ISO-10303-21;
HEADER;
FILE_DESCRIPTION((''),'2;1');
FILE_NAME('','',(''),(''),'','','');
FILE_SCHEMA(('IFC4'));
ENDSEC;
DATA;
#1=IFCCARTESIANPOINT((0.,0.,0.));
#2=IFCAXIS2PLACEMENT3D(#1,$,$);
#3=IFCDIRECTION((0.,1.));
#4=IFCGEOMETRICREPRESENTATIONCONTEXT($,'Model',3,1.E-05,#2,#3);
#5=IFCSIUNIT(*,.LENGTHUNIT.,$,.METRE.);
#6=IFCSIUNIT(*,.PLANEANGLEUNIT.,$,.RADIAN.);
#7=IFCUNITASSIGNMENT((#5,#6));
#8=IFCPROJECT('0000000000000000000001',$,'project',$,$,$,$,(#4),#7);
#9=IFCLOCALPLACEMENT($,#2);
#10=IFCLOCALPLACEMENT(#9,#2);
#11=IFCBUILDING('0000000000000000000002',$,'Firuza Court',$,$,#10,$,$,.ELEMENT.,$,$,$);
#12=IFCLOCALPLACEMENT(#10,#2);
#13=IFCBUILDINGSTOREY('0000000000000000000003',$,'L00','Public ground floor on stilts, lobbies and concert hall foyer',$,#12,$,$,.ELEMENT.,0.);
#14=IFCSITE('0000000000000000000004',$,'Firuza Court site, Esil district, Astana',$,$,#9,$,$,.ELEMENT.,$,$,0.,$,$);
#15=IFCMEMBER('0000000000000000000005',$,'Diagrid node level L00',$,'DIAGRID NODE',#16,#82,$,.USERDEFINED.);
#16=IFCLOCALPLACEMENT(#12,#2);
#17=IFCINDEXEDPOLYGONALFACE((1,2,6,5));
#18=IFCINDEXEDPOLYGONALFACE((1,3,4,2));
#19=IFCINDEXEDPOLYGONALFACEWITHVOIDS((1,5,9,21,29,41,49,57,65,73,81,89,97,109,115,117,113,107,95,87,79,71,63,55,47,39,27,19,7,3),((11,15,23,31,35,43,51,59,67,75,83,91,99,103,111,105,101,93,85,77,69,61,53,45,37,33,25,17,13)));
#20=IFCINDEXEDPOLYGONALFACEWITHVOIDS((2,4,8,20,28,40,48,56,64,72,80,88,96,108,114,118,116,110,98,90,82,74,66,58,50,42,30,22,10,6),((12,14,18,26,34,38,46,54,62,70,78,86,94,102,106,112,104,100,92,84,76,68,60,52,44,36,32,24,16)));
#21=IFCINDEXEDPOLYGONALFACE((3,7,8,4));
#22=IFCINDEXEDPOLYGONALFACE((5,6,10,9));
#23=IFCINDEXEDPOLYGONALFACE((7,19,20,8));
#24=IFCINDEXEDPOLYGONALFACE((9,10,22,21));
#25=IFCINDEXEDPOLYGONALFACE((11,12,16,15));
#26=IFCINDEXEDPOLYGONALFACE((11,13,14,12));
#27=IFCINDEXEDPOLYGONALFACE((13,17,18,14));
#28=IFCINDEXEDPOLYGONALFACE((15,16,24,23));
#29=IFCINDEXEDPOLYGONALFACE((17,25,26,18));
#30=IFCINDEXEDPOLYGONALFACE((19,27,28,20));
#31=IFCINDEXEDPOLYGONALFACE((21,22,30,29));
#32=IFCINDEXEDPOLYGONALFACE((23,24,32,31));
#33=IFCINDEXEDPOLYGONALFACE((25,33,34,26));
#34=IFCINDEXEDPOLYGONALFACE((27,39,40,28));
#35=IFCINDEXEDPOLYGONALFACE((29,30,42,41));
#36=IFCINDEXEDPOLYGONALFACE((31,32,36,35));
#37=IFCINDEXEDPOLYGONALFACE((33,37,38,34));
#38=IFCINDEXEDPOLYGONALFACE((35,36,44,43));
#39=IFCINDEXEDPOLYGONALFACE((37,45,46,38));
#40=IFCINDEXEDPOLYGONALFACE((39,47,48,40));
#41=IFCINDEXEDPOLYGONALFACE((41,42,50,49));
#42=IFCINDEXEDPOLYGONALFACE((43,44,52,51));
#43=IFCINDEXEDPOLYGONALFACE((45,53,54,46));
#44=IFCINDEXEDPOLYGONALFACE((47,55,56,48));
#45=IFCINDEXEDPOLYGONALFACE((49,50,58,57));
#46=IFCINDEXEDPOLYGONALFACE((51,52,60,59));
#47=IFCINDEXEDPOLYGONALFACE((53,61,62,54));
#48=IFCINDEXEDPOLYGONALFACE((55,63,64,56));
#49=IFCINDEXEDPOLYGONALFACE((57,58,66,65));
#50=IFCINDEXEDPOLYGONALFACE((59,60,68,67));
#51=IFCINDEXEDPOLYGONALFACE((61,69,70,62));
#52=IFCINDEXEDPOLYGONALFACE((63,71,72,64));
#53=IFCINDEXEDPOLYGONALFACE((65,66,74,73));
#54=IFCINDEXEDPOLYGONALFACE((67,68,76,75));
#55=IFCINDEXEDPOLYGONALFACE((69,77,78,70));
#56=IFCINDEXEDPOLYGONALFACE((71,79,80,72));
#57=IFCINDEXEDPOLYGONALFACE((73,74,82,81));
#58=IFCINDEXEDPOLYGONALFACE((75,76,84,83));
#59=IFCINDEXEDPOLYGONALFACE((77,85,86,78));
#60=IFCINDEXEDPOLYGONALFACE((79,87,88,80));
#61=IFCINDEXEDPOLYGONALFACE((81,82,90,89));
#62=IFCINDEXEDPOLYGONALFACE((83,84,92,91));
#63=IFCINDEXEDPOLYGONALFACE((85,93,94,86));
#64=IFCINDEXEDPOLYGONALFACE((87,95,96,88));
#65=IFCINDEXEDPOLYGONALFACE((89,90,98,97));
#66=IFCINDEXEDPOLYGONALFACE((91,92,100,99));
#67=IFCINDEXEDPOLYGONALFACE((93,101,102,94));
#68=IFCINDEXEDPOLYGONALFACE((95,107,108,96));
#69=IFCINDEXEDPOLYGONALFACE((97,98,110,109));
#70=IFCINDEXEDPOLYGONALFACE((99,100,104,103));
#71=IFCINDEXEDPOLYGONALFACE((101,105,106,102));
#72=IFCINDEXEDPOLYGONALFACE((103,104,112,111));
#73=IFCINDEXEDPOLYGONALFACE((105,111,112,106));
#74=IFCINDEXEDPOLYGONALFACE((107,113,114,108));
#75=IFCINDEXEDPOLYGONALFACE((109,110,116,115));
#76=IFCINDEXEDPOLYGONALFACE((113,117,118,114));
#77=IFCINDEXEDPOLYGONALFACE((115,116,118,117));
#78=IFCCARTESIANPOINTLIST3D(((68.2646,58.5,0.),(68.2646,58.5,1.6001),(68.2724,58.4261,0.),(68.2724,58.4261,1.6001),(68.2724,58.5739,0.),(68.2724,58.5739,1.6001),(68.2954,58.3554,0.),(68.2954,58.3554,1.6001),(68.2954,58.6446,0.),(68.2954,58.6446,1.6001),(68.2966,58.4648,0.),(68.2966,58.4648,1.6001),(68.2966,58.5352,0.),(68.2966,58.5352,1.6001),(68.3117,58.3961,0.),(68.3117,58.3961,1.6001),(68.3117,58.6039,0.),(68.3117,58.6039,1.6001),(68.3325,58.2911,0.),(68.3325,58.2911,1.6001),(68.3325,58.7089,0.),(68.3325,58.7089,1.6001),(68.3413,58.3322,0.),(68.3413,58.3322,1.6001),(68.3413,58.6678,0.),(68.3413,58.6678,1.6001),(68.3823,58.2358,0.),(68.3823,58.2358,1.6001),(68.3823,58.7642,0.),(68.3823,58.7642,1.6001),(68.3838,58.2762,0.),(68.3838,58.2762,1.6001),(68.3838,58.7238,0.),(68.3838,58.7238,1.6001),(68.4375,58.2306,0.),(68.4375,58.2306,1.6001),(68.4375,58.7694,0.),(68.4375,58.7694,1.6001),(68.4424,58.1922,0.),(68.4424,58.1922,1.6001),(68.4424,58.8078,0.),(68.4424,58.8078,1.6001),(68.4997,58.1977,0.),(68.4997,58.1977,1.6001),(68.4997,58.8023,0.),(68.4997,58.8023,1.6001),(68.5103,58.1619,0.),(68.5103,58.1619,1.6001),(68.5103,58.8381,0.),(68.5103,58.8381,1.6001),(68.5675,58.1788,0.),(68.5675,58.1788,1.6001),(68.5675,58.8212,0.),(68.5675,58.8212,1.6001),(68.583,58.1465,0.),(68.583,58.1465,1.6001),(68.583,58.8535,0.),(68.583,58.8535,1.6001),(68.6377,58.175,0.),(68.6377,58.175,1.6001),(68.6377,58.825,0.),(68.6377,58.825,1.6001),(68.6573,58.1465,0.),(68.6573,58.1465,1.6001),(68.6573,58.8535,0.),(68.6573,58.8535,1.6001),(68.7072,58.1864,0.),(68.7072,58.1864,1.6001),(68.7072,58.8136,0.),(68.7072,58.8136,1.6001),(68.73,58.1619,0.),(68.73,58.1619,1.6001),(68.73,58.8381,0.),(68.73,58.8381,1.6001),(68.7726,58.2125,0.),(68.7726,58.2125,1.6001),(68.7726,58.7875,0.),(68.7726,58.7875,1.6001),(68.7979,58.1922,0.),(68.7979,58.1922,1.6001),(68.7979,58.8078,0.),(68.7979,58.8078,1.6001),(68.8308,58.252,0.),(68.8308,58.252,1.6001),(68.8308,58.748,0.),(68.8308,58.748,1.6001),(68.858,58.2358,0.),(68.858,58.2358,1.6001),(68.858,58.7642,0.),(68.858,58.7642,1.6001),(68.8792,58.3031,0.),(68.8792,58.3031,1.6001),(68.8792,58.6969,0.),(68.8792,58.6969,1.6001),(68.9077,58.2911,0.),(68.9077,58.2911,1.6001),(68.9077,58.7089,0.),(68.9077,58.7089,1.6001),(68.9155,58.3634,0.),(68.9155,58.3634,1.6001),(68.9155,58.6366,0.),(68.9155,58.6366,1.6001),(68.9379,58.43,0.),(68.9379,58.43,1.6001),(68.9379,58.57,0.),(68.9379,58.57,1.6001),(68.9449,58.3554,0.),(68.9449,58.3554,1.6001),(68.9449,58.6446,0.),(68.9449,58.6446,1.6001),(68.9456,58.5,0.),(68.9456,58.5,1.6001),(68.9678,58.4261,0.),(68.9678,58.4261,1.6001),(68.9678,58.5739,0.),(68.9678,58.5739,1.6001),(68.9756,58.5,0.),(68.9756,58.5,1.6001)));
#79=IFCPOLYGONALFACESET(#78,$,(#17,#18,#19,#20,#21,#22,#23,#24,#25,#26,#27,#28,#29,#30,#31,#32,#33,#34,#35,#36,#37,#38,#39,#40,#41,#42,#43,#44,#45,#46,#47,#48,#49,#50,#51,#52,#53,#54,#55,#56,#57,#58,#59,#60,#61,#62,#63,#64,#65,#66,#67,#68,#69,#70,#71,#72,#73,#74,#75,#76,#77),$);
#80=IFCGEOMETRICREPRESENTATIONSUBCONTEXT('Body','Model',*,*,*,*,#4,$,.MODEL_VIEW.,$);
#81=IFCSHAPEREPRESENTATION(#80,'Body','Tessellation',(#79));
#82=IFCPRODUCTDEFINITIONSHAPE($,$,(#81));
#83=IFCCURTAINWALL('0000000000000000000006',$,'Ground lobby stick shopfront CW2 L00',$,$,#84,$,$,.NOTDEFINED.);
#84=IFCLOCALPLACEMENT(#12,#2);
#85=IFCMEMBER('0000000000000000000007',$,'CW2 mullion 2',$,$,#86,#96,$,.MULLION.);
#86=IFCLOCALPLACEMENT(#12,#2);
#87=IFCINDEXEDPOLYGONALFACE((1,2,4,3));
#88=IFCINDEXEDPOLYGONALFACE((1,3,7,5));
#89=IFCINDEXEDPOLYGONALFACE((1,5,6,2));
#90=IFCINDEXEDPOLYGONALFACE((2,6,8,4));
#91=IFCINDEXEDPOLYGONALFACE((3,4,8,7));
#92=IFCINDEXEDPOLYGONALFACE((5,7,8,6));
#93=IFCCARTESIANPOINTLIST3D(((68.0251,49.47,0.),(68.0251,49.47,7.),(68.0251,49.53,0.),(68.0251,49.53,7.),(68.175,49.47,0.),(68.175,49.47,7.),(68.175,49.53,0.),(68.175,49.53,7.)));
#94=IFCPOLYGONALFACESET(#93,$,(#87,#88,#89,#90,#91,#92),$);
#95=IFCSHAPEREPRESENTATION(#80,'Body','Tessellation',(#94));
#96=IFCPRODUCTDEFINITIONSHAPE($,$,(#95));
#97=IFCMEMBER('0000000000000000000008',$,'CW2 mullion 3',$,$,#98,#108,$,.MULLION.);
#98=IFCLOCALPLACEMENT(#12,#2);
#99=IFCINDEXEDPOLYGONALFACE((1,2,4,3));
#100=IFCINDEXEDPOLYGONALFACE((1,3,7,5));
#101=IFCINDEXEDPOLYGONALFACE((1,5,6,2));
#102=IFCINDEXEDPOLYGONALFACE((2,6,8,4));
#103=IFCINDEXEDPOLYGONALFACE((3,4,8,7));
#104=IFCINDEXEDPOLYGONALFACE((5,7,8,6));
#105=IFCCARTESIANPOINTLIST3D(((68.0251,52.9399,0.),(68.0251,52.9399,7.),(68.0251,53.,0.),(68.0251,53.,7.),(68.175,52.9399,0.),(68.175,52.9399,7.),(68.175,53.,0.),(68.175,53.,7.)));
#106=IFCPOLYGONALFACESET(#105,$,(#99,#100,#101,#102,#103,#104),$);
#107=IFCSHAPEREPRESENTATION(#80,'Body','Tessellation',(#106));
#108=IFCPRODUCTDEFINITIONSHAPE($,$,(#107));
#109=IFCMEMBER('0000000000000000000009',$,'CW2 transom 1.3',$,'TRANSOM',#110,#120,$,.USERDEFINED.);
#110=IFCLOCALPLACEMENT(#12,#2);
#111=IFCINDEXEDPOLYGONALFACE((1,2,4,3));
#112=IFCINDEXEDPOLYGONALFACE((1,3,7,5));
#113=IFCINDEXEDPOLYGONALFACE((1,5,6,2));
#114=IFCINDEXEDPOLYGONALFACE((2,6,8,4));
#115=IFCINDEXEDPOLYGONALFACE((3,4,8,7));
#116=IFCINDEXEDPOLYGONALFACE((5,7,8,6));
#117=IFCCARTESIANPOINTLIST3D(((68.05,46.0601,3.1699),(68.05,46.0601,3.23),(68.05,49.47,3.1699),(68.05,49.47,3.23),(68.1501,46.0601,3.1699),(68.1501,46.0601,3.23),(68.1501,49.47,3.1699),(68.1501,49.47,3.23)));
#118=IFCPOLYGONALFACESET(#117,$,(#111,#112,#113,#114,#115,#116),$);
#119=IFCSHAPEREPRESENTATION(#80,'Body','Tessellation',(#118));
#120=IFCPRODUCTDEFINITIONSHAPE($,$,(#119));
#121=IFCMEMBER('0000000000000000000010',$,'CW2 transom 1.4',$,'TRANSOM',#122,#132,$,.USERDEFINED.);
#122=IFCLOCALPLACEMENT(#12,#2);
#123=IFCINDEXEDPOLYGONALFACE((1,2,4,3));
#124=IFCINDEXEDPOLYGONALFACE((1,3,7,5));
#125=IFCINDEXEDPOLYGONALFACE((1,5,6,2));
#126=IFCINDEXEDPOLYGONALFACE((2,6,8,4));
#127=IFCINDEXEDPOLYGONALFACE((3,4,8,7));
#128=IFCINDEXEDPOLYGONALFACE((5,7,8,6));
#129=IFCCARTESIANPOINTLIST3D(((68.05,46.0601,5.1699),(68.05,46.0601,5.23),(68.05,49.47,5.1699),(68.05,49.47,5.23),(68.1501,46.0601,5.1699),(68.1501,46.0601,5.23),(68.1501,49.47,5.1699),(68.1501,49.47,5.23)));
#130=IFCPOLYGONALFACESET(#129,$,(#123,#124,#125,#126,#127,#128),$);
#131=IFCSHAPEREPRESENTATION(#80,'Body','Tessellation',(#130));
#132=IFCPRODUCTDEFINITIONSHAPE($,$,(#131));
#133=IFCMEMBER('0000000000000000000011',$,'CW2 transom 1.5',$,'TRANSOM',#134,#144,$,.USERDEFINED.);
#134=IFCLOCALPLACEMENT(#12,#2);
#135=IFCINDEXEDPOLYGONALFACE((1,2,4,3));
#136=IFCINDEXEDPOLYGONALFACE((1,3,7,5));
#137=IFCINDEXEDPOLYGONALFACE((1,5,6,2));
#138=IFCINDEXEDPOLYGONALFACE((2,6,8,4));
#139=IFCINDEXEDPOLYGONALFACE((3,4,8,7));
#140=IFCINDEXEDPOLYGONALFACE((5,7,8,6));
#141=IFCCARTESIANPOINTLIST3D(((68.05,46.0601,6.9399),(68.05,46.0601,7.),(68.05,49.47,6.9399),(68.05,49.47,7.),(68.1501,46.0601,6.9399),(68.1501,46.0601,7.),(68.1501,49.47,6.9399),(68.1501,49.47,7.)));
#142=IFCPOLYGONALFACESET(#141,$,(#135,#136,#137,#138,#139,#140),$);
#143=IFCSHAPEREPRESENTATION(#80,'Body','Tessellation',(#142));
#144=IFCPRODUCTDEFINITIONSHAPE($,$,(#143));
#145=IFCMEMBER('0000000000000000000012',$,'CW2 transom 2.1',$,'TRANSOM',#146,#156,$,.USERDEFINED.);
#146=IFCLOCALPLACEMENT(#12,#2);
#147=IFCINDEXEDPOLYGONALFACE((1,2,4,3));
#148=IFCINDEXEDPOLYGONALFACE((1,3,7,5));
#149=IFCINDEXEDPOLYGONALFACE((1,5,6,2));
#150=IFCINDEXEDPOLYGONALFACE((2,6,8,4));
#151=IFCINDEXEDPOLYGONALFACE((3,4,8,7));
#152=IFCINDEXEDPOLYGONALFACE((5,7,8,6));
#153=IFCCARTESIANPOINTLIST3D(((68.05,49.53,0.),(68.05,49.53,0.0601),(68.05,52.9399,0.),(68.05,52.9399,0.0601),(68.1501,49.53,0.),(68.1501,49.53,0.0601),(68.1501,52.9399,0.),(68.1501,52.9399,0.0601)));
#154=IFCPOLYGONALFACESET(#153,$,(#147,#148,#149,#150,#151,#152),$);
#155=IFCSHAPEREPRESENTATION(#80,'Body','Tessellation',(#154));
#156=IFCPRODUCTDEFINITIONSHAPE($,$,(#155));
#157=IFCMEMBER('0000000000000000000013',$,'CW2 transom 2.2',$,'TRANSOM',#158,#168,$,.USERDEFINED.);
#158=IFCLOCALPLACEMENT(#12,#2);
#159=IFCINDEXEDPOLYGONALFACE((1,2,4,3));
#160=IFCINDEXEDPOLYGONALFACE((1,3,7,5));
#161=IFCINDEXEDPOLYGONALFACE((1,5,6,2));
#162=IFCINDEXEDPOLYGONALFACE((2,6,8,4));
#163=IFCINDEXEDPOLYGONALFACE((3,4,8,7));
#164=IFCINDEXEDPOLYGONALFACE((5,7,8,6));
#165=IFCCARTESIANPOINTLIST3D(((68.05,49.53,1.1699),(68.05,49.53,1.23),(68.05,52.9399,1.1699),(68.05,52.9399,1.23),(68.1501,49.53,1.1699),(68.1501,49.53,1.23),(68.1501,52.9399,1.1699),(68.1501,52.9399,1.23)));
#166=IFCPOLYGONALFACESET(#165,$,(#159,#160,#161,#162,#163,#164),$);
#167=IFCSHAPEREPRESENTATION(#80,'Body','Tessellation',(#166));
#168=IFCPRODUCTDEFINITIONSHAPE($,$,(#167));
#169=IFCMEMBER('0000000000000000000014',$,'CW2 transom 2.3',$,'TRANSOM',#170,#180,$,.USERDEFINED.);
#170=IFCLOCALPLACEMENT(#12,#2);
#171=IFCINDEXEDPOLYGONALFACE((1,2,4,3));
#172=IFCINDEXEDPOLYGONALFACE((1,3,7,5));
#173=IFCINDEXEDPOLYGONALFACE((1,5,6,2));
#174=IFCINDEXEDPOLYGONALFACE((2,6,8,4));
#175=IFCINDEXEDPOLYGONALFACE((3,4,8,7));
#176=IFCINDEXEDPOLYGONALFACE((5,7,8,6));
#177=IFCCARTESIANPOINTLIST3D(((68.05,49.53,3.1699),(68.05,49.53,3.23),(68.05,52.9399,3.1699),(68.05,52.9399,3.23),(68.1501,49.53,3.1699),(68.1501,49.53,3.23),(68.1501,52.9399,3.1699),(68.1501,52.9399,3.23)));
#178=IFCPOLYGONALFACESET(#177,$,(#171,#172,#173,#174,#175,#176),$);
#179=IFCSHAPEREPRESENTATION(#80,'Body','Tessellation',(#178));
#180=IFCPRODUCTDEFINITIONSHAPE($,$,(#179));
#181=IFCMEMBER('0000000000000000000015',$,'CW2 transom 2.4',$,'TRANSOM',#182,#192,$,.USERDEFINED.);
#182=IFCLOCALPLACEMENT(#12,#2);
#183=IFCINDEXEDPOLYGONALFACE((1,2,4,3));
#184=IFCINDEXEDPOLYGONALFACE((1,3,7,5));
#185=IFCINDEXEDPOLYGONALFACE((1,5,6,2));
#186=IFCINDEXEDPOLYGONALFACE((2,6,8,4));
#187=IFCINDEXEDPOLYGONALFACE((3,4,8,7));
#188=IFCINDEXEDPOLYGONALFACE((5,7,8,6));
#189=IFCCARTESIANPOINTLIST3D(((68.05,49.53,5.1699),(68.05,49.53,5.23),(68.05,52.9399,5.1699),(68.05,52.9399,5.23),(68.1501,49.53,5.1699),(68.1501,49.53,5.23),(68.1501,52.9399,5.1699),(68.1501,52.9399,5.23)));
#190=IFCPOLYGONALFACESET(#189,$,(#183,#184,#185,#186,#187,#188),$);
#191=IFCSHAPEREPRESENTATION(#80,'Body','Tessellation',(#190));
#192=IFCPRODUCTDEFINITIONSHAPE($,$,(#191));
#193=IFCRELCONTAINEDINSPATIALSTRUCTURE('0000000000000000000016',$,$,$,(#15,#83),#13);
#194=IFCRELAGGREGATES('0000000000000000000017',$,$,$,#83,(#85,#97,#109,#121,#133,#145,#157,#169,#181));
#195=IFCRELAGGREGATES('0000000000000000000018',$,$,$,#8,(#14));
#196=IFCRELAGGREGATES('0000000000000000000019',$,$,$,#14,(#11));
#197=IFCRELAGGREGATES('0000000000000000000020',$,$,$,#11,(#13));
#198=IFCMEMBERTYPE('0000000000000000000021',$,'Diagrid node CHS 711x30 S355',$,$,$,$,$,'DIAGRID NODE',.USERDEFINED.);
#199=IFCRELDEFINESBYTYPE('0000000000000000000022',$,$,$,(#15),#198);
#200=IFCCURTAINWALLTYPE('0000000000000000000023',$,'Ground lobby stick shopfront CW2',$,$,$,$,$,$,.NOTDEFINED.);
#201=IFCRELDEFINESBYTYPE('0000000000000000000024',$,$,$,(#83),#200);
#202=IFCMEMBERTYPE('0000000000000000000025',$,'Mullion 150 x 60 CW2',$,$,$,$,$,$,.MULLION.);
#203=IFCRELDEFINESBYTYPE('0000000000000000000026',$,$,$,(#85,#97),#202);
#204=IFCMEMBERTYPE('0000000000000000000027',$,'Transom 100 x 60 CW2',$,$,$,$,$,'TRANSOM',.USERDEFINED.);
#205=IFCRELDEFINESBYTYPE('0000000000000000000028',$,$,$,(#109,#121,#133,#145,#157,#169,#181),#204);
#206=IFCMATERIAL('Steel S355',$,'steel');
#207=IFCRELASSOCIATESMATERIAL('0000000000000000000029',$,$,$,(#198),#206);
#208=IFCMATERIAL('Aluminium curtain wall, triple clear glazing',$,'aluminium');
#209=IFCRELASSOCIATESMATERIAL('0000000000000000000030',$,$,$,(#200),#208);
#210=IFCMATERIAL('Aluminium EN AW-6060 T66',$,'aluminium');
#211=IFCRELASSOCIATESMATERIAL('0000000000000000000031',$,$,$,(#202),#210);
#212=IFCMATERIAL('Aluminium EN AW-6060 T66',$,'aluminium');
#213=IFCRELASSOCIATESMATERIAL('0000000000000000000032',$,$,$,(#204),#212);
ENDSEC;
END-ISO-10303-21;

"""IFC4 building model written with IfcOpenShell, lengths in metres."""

from ifc_helpers import new_model, si_unit, direction, frame, origin, origin_2d, place, context, subcontext, project, spatial, rectangle, hollow_circle, extrude, material, material_profile, profile_set, type_object, element, aggregate, save


model = new_model("IFC4")

# Units and contexts
model_context = context("Model", 3, precision=1e-05, world=origin(), true_north=direction((0.0, 1.0)))
body_context = subcontext(model_context, "Body", "Model", "MODEL_VIEW")
ifc_project = project(units=[si_unit("LENGTHUNIT", "METRE"), si_unit("PLANEANGLEUNIT", "RADIAN")], contexts=[model_context])

# Site, building, storey
site_placement = place(None, origin())
site = spatial("IfcSite", under=ifc_project, at=site_placement, Name="Firuza Court site, Esil district, Astana", CompositionType="ELEMENT", RefElevation=0.0)
building_placement = place(site_placement, origin())
building = spatial("IfcBuilding", under=site, at=building_placement, Name="Firuza Court", CompositionType="ELEMENT")
storey_placement = place(building_placement, origin())
storey = spatial("IfcBuildingStorey", under=building, at=storey_placement, Name="L00", Description="Public ground floor on stilts, lobbies and concert hall foyer", CompositionType="ELEMENT", Elevation=0.0)

# Member
ifc_material_1 = material(Name="Steel S355", Category="steel")
ifc_material_profile_1 = material_profile(ifc_material_1, hollow_circle(Radius=0.3555, WallThickness=0.03, at=origin_2d()), Name="CHS 711x30")
ifc_profile_set_1 = profile_set([ifc_material_profile_1], Name="Steel S355")
member_type_1 = type_object("IfcMemberType", Name="Diagrid node CHS 711x30 S355", ElementType="DIAGRID NODE", PredefinedType="USERDEFINED", material=ifc_profile_set_1)
member_1_placement = place(storey_placement, frame((68.6201, 58.5, 0.0), z_axis=(0.0, 0.0, 1.0), x_axis=(1.0, 0.0, 0.0)))
element("IfcMember", 1, at=member_1_placement, inside=storey, type_object=member_type_1, Name="Diagrid node level L00", ObjectType="DIAGRID NODE", PredefinedType="USERDEFINED", context=body_context, shape_type="SweptSolid", body=[
    extrude(hollow_circle(Radius=0.3555, WallThickness=0.03, at=origin_2d()), origin(), (0.0, 0.0, 1.0), 1.6001),
])

# Curtain wall, members
ifc_material_2 = material(Name="Aluminium curtain wall, triple clear glazing", Category="aluminium")
curtain_wall_type_1 = type_object("IfcCurtainWallType", Name="Ground lobby stick shopfront CW2", PredefinedType="NOTDEFINED", material=ifc_material_2)
curtain_wall_1_placement = place(storey_placement, origin())
curtain_wall_1 = element("IfcCurtainWall", 2, at=curtain_wall_1_placement, inside=storey, type_object=curtain_wall_type_1, Name="Ground lobby stick shopfront CW2 L00", PredefinedType="NOTDEFINED")
ifc_material_3 = material(Name="Aluminium EN AW-6060 T66", Category="aluminium")
ifc_material_profile_2 = material_profile(ifc_material_3, rectangle(XDim=0.1499, YDim=0.0601, at=origin_2d()), Name="Mullion 150 x 60 CW2")
ifc_profile_set_2 = profile_set([ifc_material_profile_2], Name="Aluminium EN AW-6060 T66")
member_type_2 = type_object("IfcMemberType", Name="Mullion 150 x 60 CW2", PredefinedType="MULLION", material=ifc_profile_set_2)
member_2_placement = place(storey_placement, frame((68.1001, 49.5, 0.0), z_axis=(0.0, 0.0, 1.0), x_axis=(-1.0, 0.0, 0.0)))
member_2 = element("IfcMember", 3, at=member_2_placement, type_object=member_type_2, Name="CW2 mullion 2", PredefinedType="MULLION", context=body_context, shape_type="SweptSolid", body=[
    extrude(rectangle(XDim=0.1499, YDim=0.0601, at=origin_2d()), origin(), (0.0, 0.0, 1.0), 7.0),
])
member_3_placement = place(storey_placement, frame((68.1001, 52.97, 0.0), z_axis=(0.0, 0.0, 1.0), x_axis=(-1.0, 0.0, 0.0)))
member_3 = element("IfcMember", 4, at=member_3_placement, type_object=member_type_2, Name="CW2 mullion 3", PredefinedType="MULLION", context=body_context, shape_type="SweptSolid", body=[
    extrude(rectangle(XDim=0.1499, YDim=0.0601, at=origin_2d()), origin(), (0.0, 0.0, 1.0), 7.0),
])
ifc_material_4 = material(Name="Aluminium EN AW-6060 T66", Category="aluminium")
ifc_material_profile_3 = material_profile(ifc_material_4, rectangle(XDim=0.1001, YDim=0.0601, at=origin_2d()), Name="Transom 100 x 60 CW2")
ifc_profile_set_3 = profile_set([ifc_material_profile_3], Name="Aluminium EN AW-6060 T66")
member_type_3 = type_object("IfcMemberType", Name="Transom 100 x 60 CW2", ElementType="TRANSOM", PredefinedType="USERDEFINED", material=ifc_profile_set_3)
member_4_placement = place(storey_placement, frame((68.1001, 46.0601, 3.2), z_axis=(0.0, 1.0, 0.0), x_axis=(-1.0, 0.0, 0.0)))
member_4 = element("IfcMember", 5, at=member_4_placement, type_object=member_type_3, Name="CW2 transom 1.3", ObjectType="TRANSOM", PredefinedType="USERDEFINED", context=body_context, shape_type="SweptSolid", body=[
    extrude(rectangle(XDim=0.1001, YDim=0.0601, at=origin_2d()), origin(), (0.0, 0.0, 1.0), 3.4099),
])
member_5_placement = place(storey_placement, frame((68.1001, 46.0601, 5.2), z_axis=(0.0, 1.0, 0.0), x_axis=(-1.0, 0.0, 0.0)))
member_5 = element("IfcMember", 6, at=member_5_placement, type_object=member_type_3, Name="CW2 transom 1.4", ObjectType="TRANSOM", PredefinedType="USERDEFINED", context=body_context, shape_type="SweptSolid", body=[
    extrude(rectangle(XDim=0.1001, YDim=0.0601, at=origin_2d()), origin(), (0.0, 0.0, 1.0), 3.4099),
])
member_6_placement = place(storey_placement, frame((68.1001, 46.0601, 6.97), z_axis=(0.0, 1.0, 0.0), x_axis=(-1.0, 0.0, 0.0)))
member_6 = element("IfcMember", 7, at=member_6_placement, type_object=member_type_3, Name="CW2 transom 1.5", ObjectType="TRANSOM", PredefinedType="USERDEFINED", context=body_context, shape_type="SweptSolid", body=[
    extrude(rectangle(XDim=0.1001, YDim=0.0601, at=origin_2d()), origin(), (0.0, 0.0, 1.0), 3.4099),
])
member_7_placement = place(storey_placement, frame((68.1001, 49.53, 0.03), z_axis=(0.0, 1.0, 0.0), x_axis=(-1.0, 0.0, 0.0)))
member_7 = element("IfcMember", 8, at=member_7_placement, type_object=member_type_3, Name="CW2 transom 2.1", ObjectType="TRANSOM", PredefinedType="USERDEFINED", context=body_context, shape_type="SweptSolid", body=[
    extrude(rectangle(XDim=0.1001, YDim=0.0601, at=origin_2d()), origin(), (0.0, 0.0, 1.0), 3.4099),
])
member_8_placement = place(storey_placement, frame((68.1001, 49.53, 1.2), z_axis=(0.0, 1.0, 0.0), x_axis=(-1.0, 0.0, 0.0)))
member_8 = element("IfcMember", 9, at=member_8_placement, type_object=member_type_3, Name="CW2 transom 2.2", ObjectType="TRANSOM", PredefinedType="USERDEFINED", context=body_context, shape_type="SweptSolid", body=[
    extrude(rectangle(XDim=0.1001, YDim=0.0601, at=origin_2d()), origin(), (0.0, 0.0, 1.0), 3.4099),
])
member_9_placement = place(storey_placement, frame((68.1001, 49.53, 3.2), z_axis=(0.0, 1.0, 0.0), x_axis=(-1.0, 0.0, 0.0)))
member_9 = element("IfcMember", 10, at=member_9_placement, type_object=member_type_3, Name="CW2 transom 2.3", ObjectType="TRANSOM", PredefinedType="USERDEFINED", context=body_context, shape_type="SweptSolid", body=[
    extrude(rectangle(XDim=0.1001, YDim=0.0601, at=origin_2d()), origin(), (0.0, 0.0, 1.0), 3.4099),
])
member_10_placement = place(storey_placement, frame((68.1001, 49.53, 5.2), z_axis=(0.0, 1.0, 0.0), x_axis=(-1.0, 0.0, 0.0)))
member_10 = element("IfcMember", 11, at=member_10_placement, type_object=member_type_3, Name="CW2 transom 2.4", ObjectType="TRANSOM", PredefinedType="USERDEFINED", context=body_context, shape_type="SweptSolid", body=[
    extrude(rectangle(XDim=0.1001, YDim=0.0601, at=origin_2d()), origin(), (0.0, 0.0, 1.0), 3.4099),
])

aggregate(curtain_wall_1, [member_2, member_3, member_4, member_5, member_6, member_7, member_8, member_9, member_10])

save(model, "model.ifc")
